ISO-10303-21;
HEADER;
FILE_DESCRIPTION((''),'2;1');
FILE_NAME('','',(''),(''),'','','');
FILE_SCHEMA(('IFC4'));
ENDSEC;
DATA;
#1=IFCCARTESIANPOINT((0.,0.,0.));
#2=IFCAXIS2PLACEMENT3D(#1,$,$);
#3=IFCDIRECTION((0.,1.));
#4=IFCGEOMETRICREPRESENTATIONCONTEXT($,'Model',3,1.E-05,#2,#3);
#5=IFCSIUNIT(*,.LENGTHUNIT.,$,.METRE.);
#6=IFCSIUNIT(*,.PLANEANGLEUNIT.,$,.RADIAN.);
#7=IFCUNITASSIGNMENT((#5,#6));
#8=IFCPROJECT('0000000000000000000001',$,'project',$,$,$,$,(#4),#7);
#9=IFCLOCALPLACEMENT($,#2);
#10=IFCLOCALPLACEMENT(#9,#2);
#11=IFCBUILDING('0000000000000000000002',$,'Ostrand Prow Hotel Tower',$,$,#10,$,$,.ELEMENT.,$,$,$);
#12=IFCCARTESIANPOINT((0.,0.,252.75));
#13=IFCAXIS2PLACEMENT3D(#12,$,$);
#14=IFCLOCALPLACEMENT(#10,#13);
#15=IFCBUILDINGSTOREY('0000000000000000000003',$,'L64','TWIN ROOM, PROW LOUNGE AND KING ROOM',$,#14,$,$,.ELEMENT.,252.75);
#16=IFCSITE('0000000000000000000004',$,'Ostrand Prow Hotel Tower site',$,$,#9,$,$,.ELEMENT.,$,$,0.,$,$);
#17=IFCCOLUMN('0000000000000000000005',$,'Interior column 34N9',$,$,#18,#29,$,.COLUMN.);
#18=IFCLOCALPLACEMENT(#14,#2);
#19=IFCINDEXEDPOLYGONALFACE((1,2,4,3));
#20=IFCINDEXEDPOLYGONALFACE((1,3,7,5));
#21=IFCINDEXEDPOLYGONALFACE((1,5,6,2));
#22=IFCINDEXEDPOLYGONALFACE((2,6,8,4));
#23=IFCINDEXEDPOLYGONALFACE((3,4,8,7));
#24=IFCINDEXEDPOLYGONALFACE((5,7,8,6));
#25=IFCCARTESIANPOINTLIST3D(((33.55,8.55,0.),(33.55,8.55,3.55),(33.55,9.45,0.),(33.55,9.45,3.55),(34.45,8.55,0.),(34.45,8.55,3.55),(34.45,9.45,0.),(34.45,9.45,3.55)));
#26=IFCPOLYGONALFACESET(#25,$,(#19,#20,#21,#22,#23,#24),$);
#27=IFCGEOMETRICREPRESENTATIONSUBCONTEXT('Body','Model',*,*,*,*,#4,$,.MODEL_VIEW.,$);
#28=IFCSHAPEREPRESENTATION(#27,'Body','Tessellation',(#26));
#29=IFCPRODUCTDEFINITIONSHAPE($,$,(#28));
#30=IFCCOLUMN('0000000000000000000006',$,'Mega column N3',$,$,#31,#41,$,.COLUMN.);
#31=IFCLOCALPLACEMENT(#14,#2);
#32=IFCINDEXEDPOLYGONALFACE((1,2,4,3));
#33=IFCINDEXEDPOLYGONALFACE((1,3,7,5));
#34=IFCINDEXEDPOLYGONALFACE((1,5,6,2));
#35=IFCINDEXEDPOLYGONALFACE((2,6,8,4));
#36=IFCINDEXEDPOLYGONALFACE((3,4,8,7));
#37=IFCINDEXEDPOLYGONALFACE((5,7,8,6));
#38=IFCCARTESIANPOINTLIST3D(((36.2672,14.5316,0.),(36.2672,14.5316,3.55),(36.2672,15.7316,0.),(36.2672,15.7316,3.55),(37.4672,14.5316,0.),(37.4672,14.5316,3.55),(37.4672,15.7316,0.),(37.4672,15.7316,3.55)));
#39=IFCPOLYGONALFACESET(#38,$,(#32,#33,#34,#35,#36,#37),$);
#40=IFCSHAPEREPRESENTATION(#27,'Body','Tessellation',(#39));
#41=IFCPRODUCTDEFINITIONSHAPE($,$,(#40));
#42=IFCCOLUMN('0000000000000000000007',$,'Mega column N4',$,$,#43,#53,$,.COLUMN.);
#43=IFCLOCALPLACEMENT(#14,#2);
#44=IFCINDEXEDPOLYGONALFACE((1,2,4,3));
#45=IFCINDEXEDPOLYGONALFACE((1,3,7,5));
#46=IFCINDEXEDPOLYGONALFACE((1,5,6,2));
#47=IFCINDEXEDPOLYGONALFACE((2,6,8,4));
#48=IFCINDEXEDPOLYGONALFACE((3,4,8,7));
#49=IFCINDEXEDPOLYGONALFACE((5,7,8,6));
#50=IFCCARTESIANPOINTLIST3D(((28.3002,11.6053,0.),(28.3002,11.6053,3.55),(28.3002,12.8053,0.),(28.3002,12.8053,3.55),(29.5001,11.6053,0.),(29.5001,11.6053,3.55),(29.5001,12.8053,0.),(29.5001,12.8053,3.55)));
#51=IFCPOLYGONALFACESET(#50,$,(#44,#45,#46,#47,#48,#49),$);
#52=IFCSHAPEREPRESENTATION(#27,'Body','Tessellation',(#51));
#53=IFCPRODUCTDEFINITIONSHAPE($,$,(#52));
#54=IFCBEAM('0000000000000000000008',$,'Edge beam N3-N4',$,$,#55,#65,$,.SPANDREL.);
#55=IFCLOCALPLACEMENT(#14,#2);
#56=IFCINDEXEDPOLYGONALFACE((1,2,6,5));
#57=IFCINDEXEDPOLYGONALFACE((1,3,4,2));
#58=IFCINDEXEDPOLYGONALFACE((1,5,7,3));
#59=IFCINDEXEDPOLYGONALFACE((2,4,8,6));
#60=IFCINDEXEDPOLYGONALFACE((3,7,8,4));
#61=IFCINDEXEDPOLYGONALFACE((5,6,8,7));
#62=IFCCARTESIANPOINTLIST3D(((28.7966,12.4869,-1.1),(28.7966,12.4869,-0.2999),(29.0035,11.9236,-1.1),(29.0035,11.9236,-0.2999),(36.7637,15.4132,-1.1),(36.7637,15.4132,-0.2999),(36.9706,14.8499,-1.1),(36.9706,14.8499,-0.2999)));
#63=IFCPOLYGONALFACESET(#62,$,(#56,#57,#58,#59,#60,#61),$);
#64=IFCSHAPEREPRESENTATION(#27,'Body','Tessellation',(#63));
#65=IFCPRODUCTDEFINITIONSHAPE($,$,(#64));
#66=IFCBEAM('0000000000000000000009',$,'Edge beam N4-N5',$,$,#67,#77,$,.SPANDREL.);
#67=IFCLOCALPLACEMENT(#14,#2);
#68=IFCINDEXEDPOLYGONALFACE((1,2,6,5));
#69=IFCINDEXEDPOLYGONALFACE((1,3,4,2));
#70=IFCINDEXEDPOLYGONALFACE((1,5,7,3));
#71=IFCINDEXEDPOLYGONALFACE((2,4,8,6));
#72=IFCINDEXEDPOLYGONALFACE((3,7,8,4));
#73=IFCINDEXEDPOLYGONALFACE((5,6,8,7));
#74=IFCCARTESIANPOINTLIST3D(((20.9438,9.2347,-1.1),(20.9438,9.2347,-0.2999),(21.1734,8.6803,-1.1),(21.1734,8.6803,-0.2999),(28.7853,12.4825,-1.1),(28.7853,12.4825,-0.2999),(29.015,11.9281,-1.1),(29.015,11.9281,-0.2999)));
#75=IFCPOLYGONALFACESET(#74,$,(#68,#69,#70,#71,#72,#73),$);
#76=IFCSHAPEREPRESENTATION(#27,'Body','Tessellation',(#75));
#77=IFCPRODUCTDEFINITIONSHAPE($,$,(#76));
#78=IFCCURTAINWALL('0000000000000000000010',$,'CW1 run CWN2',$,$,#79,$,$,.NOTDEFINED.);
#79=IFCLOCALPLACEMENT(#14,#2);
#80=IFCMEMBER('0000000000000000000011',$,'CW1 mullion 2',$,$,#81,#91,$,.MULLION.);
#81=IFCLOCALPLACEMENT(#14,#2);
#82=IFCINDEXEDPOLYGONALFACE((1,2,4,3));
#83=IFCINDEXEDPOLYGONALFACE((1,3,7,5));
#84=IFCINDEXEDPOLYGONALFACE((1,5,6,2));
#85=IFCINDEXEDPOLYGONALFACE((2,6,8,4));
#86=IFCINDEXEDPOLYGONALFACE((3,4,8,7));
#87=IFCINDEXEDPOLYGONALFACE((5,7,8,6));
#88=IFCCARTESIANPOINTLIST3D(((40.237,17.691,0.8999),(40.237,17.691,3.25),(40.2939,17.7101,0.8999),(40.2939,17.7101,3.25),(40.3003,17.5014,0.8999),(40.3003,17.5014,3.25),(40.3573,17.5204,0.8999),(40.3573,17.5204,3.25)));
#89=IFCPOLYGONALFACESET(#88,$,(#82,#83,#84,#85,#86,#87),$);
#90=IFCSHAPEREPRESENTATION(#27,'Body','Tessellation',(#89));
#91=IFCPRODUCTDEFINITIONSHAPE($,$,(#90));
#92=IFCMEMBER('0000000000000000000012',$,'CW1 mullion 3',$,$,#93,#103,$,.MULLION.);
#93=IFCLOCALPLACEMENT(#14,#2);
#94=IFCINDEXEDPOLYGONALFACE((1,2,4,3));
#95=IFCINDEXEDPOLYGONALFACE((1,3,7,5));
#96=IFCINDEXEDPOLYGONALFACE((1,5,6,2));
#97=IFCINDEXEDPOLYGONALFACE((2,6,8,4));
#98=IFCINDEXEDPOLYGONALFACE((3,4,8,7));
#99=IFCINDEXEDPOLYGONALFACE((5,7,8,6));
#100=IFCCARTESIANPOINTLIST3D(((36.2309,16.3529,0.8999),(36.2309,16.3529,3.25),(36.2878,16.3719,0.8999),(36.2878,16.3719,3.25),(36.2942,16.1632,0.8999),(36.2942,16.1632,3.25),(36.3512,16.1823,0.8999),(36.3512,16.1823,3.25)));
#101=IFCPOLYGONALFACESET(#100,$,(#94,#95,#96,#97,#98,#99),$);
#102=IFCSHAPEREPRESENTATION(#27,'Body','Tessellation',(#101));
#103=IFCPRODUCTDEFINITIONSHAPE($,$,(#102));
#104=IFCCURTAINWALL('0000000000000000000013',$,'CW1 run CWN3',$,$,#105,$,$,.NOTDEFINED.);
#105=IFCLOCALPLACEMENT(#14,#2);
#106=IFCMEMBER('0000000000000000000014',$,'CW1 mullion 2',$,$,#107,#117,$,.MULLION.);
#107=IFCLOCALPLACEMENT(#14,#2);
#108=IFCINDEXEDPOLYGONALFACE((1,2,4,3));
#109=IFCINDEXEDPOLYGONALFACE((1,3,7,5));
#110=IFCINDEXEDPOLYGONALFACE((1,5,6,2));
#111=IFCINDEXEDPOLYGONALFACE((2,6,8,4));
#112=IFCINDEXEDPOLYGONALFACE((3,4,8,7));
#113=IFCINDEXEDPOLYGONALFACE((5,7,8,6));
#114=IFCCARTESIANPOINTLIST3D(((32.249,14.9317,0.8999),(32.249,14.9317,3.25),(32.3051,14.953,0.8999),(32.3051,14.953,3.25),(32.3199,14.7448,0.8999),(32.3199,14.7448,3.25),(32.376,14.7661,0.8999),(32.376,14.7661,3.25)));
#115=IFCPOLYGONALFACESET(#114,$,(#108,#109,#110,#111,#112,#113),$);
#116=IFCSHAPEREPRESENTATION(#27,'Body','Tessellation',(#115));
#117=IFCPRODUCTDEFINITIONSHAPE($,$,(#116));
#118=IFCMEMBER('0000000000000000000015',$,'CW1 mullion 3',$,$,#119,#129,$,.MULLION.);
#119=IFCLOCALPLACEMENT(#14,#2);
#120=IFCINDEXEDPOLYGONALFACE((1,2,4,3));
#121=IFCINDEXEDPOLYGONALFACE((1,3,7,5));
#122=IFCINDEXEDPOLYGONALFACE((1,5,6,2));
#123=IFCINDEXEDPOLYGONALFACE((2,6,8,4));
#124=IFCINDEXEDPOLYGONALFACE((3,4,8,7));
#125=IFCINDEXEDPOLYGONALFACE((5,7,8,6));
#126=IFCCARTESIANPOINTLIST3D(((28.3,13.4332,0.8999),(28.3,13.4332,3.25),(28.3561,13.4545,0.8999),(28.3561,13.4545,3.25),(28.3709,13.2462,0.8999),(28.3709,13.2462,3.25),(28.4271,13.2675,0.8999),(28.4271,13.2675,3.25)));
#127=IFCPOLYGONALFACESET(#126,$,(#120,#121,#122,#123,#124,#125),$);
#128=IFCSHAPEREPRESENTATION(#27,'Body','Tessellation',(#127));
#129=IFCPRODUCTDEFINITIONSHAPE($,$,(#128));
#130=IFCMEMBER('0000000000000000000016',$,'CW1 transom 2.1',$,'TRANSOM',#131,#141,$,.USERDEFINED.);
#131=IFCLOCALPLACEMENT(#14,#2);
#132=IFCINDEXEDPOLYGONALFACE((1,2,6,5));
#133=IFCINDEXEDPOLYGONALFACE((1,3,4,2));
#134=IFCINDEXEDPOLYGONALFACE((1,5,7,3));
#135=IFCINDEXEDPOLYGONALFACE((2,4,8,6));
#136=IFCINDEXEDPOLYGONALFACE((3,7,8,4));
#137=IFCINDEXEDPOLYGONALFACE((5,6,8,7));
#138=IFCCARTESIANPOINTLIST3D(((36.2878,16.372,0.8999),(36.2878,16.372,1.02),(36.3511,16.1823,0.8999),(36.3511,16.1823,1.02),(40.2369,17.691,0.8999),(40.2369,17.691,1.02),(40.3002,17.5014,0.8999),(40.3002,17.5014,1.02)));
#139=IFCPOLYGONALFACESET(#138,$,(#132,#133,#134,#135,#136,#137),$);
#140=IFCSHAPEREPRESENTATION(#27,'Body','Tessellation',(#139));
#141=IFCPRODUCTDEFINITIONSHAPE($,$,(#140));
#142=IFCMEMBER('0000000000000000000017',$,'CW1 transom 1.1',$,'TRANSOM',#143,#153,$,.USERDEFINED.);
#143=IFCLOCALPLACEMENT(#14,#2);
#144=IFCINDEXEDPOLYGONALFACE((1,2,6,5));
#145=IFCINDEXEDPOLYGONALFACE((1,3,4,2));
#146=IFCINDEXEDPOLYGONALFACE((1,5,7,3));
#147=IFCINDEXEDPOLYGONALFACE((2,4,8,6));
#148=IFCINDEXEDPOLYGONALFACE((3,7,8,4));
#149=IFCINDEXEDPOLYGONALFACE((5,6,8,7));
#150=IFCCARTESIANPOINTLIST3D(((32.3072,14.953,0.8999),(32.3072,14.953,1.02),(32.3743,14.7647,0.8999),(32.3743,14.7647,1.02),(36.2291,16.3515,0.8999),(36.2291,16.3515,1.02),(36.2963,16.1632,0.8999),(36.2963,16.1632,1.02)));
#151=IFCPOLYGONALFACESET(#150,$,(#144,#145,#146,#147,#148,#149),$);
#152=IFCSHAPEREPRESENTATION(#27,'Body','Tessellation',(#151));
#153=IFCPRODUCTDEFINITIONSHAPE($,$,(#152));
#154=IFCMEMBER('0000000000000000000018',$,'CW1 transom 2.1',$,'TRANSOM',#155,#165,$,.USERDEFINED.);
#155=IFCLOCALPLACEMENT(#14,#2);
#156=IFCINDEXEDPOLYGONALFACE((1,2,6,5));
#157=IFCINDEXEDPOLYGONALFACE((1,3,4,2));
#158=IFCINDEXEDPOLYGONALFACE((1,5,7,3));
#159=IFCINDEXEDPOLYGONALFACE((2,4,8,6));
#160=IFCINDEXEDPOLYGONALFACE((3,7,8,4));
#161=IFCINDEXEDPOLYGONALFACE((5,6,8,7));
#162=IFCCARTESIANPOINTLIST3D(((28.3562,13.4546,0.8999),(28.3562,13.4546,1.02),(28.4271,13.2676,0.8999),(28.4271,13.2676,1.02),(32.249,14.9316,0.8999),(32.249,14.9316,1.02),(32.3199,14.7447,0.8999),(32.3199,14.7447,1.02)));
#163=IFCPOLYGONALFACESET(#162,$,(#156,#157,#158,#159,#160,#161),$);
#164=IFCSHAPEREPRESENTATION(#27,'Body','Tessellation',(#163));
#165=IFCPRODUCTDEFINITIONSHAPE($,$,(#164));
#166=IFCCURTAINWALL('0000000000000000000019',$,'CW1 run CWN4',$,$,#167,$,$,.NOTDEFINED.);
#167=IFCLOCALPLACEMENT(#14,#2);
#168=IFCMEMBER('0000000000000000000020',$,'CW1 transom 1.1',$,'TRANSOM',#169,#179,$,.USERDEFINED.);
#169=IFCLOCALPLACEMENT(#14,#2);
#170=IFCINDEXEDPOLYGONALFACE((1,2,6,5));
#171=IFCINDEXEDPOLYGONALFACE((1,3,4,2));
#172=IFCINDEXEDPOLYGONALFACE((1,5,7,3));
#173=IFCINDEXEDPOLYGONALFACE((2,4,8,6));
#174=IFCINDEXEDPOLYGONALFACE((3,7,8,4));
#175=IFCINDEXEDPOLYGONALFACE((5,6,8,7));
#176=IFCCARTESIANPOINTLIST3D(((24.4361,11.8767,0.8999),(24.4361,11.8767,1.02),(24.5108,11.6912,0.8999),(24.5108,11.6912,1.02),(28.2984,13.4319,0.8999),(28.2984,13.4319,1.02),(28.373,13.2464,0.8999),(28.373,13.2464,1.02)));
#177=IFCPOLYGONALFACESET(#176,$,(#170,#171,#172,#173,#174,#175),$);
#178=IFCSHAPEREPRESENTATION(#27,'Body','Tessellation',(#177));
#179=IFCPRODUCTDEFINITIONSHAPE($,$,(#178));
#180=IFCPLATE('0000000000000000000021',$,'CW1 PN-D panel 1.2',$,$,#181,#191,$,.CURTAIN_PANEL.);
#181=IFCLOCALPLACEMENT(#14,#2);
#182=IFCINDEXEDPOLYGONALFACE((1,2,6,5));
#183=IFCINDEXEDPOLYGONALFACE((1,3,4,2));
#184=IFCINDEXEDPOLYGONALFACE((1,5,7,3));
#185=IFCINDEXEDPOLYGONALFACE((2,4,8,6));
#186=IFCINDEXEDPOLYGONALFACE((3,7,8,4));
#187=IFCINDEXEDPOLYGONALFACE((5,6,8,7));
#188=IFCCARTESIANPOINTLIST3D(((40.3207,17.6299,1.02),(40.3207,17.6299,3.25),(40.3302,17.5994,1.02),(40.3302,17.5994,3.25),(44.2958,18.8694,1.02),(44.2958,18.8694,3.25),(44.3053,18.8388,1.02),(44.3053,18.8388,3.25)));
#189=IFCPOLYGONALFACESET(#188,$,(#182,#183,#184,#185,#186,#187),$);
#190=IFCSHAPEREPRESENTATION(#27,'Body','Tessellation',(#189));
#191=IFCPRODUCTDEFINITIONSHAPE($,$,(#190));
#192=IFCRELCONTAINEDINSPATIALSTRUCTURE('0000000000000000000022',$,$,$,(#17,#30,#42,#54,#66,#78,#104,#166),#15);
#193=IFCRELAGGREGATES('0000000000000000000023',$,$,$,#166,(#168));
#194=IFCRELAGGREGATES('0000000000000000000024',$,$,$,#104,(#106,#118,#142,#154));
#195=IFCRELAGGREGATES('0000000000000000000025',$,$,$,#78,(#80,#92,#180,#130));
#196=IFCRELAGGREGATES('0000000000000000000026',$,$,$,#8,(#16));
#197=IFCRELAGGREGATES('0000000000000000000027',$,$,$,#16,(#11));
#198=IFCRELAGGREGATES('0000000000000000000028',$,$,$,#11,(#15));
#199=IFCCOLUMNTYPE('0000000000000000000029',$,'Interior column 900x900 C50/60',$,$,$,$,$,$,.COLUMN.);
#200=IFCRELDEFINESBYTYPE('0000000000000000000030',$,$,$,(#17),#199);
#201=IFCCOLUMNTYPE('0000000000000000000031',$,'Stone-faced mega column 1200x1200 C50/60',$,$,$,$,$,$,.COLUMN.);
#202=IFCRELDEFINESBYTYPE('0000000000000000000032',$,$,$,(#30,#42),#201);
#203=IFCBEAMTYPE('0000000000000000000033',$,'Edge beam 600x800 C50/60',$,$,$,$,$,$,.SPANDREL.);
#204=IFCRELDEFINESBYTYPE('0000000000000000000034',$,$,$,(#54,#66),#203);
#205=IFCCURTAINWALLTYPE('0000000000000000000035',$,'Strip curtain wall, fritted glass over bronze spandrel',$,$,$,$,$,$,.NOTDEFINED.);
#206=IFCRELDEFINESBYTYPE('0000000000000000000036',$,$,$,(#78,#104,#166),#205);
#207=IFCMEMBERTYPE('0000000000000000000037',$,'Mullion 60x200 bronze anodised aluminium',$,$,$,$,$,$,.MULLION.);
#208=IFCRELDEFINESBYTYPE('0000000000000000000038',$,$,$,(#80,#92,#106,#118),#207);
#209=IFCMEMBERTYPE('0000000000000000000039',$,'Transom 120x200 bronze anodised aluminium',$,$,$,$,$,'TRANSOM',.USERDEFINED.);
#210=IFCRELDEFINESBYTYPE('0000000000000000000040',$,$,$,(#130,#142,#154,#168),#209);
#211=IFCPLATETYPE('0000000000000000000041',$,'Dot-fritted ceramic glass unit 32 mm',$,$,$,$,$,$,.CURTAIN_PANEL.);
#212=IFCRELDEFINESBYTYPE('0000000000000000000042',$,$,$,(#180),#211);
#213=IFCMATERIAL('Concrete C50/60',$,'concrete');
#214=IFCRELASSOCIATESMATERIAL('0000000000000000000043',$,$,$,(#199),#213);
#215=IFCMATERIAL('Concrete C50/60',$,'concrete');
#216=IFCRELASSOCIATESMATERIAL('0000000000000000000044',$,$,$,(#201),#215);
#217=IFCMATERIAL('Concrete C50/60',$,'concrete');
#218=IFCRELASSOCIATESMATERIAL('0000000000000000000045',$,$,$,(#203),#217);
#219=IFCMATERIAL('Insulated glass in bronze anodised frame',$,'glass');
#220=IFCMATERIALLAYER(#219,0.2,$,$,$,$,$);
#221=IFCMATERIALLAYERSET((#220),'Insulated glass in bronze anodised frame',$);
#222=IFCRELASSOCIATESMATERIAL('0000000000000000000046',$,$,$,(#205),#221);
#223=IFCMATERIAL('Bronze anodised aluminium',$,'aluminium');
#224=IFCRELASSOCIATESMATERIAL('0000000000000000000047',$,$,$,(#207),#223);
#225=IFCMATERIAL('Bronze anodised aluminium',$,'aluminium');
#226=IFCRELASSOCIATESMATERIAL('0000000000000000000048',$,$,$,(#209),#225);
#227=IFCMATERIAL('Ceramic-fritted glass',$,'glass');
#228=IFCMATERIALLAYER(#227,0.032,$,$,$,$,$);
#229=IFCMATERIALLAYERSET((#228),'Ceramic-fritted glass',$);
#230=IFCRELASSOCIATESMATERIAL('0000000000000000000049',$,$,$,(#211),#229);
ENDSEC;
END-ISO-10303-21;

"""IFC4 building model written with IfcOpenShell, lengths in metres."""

from ifc_helpers import new_model, si_unit, direction, frame, origin, origin_2d, place, context, subcontext, project, spatial, rectangle, extrude, material, layer, layer_set, material_profile, profile_set, type_object, element, aggregate, save


model = new_model("IFC4")

# Units and contexts
model_context = context("Model", 3, precision=1e-05, world=origin(), true_north=direction((0.0, 1.0)))
body_context = subcontext(model_context, "Body", "Model", "MODEL_VIEW")
ifc_project = project(units=[si_unit("LENGTHUNIT", "METRE"), si_unit("PLANEANGLEUNIT", "RADIAN")], contexts=[model_context])

# Site, building, storey
site_placement = place(None, origin())
site = spatial("IfcSite", under=ifc_project, at=site_placement, Name="Ostrand Prow Hotel Tower site", CompositionType="ELEMENT", RefElevation=0.0)
building_placement = place(site_placement, origin())
building = spatial("IfcBuilding", under=site, at=building_placement, Name="Ostrand Prow Hotel Tower", CompositionType="ELEMENT")
storey_placement = place(building_placement, frame((0.0, 0.0, 252.75)))
storey = spatial("IfcBuildingStorey", under=building, at=storey_placement, Name="L64", Description="TWIN ROOM, PROW LOUNGE AND KING ROOM", CompositionType="ELEMENT", Elevation=252.75)

# Columns
ifc_material_1 = material(Name="Concrete C50/60", Category="concrete")
ifc_material_profile_1 = material_profile(ifc_material_1, rectangle(XDim=0.8999, YDim=0.8999, at=origin_2d()), Name="RC 900x900")
ifc_profile_set_1 = profile_set([ifc_material_profile_1], Name="Concrete C50/60")
column_type_1 = type_object("IfcColumnType", Name="Interior column 900x900 C50/60", PredefinedType="COLUMN", material=ifc_profile_set_1)
column_placement = place(storey_placement, frame((34.0, 9.0, 0.0), z_axis=(0.0, 0.0, 1.0), x_axis=(1.0, 0.0, 0.0)))
element("IfcColumn", 1, at=column_placement, inside=storey, type_object=column_type_1, Name="Interior column 34N9", PredefinedType="COLUMN", context=body_context, shape_type="SweptSolid", body=[
    extrude(rectangle(XDim=0.8999, YDim=0.8999, at=origin_2d()), origin(), (0.0, 0.0, 1.0), 3.55),
])
ifc_material_2 = material(Name="Concrete C50/60", Category="concrete")
ifc_material_profile_2 = material_profile(ifc_material_2, rectangle(XDim=1.2, YDim=1.2, at=origin_2d()), Name="RC 1200x1200")
ifc_profile_set_2 = profile_set([ifc_material_profile_2], Name="Concrete C50/60")
column_type_2 = type_object("IfcColumnType", Name="Stone-faced mega column 1200x1200 C50/60", PredefinedType="COLUMN", material=ifc_profile_set_2)
for number, where, z_axis, x_axis, name in (
    (2, (36.8672, 15.1316, 0.0), (0.0, 0.0, 1.0), (1.0, 0.0, 0.0), "Mega column N3"),
    (3, (28.9001, 12.2053, 0.0), (0.0, 0.0, 1.0), (1.0, 0.0, 0.0), "Mega column N4"),
):
    element("IfcColumn", number, at=place(storey_placement, frame(where, z_axis=z_axis, x_axis=x_axis)), inside=storey, type_object=column_type_2, Name=name, PredefinedType="COLUMN", context=body_context, shape_type="SweptSolid", body=[
        extrude(rectangle(XDim=1.2, YDim=1.2, at=origin_2d()), origin(), (0.0, 0.0, 1.0), 3.55),
    ])

# Beams
ifc_material_3 = material(Name="Concrete C50/60", Category="concrete")
ifc_material_profile_3 = material_profile(ifc_material_3, rectangle(XDim=0.6001, YDim=0.8, at=origin_2d()), Name="RC 600x800")
ifc_profile_set_3 = profile_set([ifc_material_profile_3], Name="Concrete C50/60")
beam_type = type_object("IfcBeamType", Name="Edge beam 600x800 C50/60", PredefinedType="SPANDREL", material=ifc_profile_set_3)
for number, where, z_axis, x_axis, name in (
    (4, (36.8672, 15.1316, -0.7), (-0.938685, -0.344776, 0.0), (0.344776, -0.938685, 0.0), "Edge beam N3-N4"),
    (5, (28.9001, 12.2053, -0.7), (-0.923891, -0.382656, 0.0), (0.382656, -0.923891, 0.0), "Edge beam N4-N5"),
):
    element("IfcBeam", number, at=place(storey_placement, frame(where, z_axis=z_axis, x_axis=x_axis)), inside=storey, type_object=beam_type, Name=name, PredefinedType="SPANDREL", context=body_context, shape_type="SweptSolid", body=[
        extrude(rectangle(XDim=0.6001, YDim=0.8, at=origin_2d()), origin(), (0.0, 0.0, 1.0), 8.4875),
    ])

# Curtain walls, members
ifc_material_4 = material(Name="Insulated glass in bronze anodised frame", Category="glass")
ifc_layer_1 = layer(ifc_material_4, 0.2)
ifc_layer_set_1 = layer_set([ifc_layer_1], Name="Insulated glass in bronze anodised frame")
curtain_wall_type = type_object("IfcCurtainWallType", Name="Strip curtain wall, fritted glass over bronze spandrel", PredefinedType="NOTDEFINED", material=ifc_layer_set_1)
curtain_wall_1_placement = place(storey_placement, origin())
curtain_wall_1 = element("IfcCurtainWall", 6, at=curtain_wall_1_placement, inside=storey, type_object=curtain_wall_type, Name="CW1 run CWN2", PredefinedType="NOTDEFINED")
ifc_material_5 = material(Name="Bronze anodised aluminium", Category="aluminium")
ifc_material_profile_4 = material_profile(ifc_material_5, rectangle(XDim=0.2, YDim=0.0601, at=origin_2d()), Name="Mullion 60x200 bronze anodised aluminium")
ifc_profile_set_4 = profile_set([ifc_material_profile_4], Name="Bronze anodised aluminium")
member_type_1 = type_object("IfcMemberType", Name="Mullion 60x200 bronze anodised aluminium", PredefinedType="MULLION", material=ifc_profile_set_4)
member_1_placement = place(storey_placement, frame((40.2971, 17.6057, 0.8999), z_axis=(0.0, 0.0, 1.0), x_axis=(0.316841, -0.948479, 0.0)))
member_1 = element("IfcMember", 7, at=member_1_placement, type_object=member_type_1, Name="CW1 mullion 2", PredefinedType="MULLION", context=body_context, shape_type="SweptSolid", body=[
    extrude(rectangle(XDim=0.2, YDim=0.0601, at=origin_2d()), origin(), (0.0, 0.0, 1.0), 2.3501),
])
member_2_placement = place(storey_placement, frame((36.291, 16.2676, 0.8999), z_axis=(0.0, 0.0, 1.0), x_axis=(0.316841, -0.948479, 0.0)))
member_2 = element("IfcMember", 8, at=member_2_placement, type_object=member_type_1, Name="CW1 mullion 3", PredefinedType="MULLION", context=body_context, shape_type="SweptSolid", body=[
    extrude(rectangle(XDim=0.2, YDim=0.0601, at=origin_2d()), origin(), (0.0, 0.0, 1.0), 2.3501),
])
curtain_wall_2_placement = place(storey_placement, origin())
curtain_wall_2 = element("IfcCurtainWall", 9, at=curtain_wall_2_placement, inside=storey, type_object=curtain_wall_type, Name="CW1 run CWN3", PredefinedType="NOTDEFINED")
member_3_placement = place(storey_placement, frame((32.3125, 14.8489, 0.8999), z_axis=(0.0, 0.0, 1.0), x_axis=(0.354777, -0.934951, 0.0)))
member_3 = element("IfcMember", 10, at=member_3_placement, type_object=member_type_1, Name="CW1 mullion 2", PredefinedType="MULLION", context=body_context, shape_type="SweptSolid", body=[
    extrude(rectangle(XDim=0.2, YDim=0.0601, at=origin_2d()), origin(), (0.0, 0.0, 1.0), 2.3501),
])
member_4_placement = place(storey_placement, frame((28.3635, 13.3503, 0.8999), z_axis=(0.0, 0.0, 1.0), x_axis=(0.354777, -0.934951, 0.0)))
member_4 = element("IfcMember", 11, at=member_4_placement, type_object=member_type_1, Name="CW1 mullion 3", PredefinedType="MULLION", context=body_context, shape_type="SweptSolid", body=[
    extrude(rectangle(XDim=0.2, YDim=0.0601, at=origin_2d()), origin(), (0.0, 0.0, 1.0), 2.3501),
])

# Members
ifc_material_6 = material(Name="Bronze anodised aluminium", Category="aluminium")
ifc_material_profile_5 = material_profile(ifc_material_6, rectangle(XDim=0.2, YDim=0.1201, at=origin_2d()), Name="Transom 120x200 bronze anodised aluminium")
ifc_profile_set_5 = profile_set([ifc_material_profile_5], Name="Bronze anodised aluminium")
member_type_2 = type_object("IfcMemberType", Name="Transom 120x200 bronze anodised aluminium", ElementType="TRANSOM", PredefinedType="USERDEFINED", material=ifc_profile_set_5)
member_5_placement = place(storey_placement, frame((40.2686, 17.5962, 0.96), z_axis=(-0.94849, -0.316808, 0.0), x_axis=(0.316808, -0.94849, 0.0)))
member_5 = element("IfcMember", 12, at=member_5_placement, type_object=member_type_2, Name="CW1 transom 2.1", ObjectType="TRANSOM", PredefinedType="USERDEFINED", context=body_context, shape_type="SweptSolid", body=[
    extrude(rectangle(XDim=0.2, YDim=0.1201, at=origin_2d()), origin(), (0.0, 0.0, 1.0), 4.1636),
])
member_6_placement = place(storey_placement, frame((36.2627, 16.2573, 0.96), z_axis=(-0.941912, -0.335861, 0.0), x_axis=(0.335861, -0.941912, 0.0)))
member_6 = element("IfcMember", 13, at=member_6_placement, type_object=member_type_2, Name="CW1 transom 1.1", ObjectType="TRANSOM", PredefinedType="USERDEFINED", context=body_context, shape_type="SweptSolid", body=[
    extrude(rectangle(XDim=0.2, YDim=0.1201, at=origin_2d()), origin(), (0.0, 0.0, 1.0), 4.1638),
])
member_7_placement = place(storey_placement, frame((32.2844, 14.8381, 0.96), z_axis=(-0.934961, -0.354751, 0.0), x_axis=(0.354751, -0.934961, 0.0)))
member_7 = element("IfcMember", 14, at=member_7_placement, type_object=member_type_2, Name="CW1 transom 2.1", ObjectType="TRANSOM", PredefinedType="USERDEFINED", context=body_context, shape_type="SweptSolid", body=[
    extrude(rectangle(XDim=0.2, YDim=0.1201, at=origin_2d()), origin(), (0.0, 0.0, 1.0), 4.1636),
])

# Curtain wall, member
curtain_wall_3_placement = place(storey_placement, origin())
curtain_wall_3 = element("IfcCurtainWall", 15, at=curtain_wall_3_placement, inside=storey, type_object=curtain_wall_type, Name="CW1 run CWN4", PredefinedType="NOTDEFINED")
member_8_placement = place(storey_placement, frame((28.3357, 13.3391, 0.96), z_axis=(-0.927625, -0.373513, 0.0), x_axis=(0.373513, -0.927625, 0.0)))
member_8 = element("IfcMember", 16, at=member_8_placement, type_object=member_type_2, Name="CW1 transom 1.1", ObjectType="TRANSOM", PredefinedType="USERDEFINED", context=body_context, shape_type="SweptSolid", body=[
    extrude(rectangle(XDim=0.2, YDim=0.1201, at=origin_2d()), origin(), (0.0, 0.0, 1.0), 4.1636),
])
aggregate(curtain_wall_3, [member_8])

# Plate
ifc_material_7 = material(Name="Ceramic-fritted glass", Category="glass")
ifc_layer_2 = layer(ifc_material_7, 0.032)
ifc_layer_set_2 = layer_set([ifc_layer_2], Name="Ceramic-fritted glass")
plate_type_1 = type_object("IfcPlateType", Name="Dot-fritted ceramic glass unit 32 mm", PredefinedType="CURTAIN_PANEL", material=ifc_layer_set_2)
plate_1_placement = place(storey_placement, frame((42.313, 18.2344, 1.02), z_axis=(0.0, 0.0, 1.0), x_axis=(-0.954666, -0.297678, 0.0)))
plate_1 = element("IfcPlate", 17, at=plate_1_placement, type_object=plate_type_1, Name="CW1 PN-D panel 1.2", PredefinedType="CURTAIN_PANEL", context=body_context, shape_type="SweptSolid", body=[
    extrude(rectangle(XDim=4.1638, YDim=0.032, at=origin_2d()), origin(), (0.0, 0.0, 1.0), 2.23),
])
aggregate(curtain_wall_2, [member_3, member_4, member_6, member_7])
aggregate(curtain_wall_1, [member_1, member_2, plate_1, member_5])

save(model, "model.ifc")
